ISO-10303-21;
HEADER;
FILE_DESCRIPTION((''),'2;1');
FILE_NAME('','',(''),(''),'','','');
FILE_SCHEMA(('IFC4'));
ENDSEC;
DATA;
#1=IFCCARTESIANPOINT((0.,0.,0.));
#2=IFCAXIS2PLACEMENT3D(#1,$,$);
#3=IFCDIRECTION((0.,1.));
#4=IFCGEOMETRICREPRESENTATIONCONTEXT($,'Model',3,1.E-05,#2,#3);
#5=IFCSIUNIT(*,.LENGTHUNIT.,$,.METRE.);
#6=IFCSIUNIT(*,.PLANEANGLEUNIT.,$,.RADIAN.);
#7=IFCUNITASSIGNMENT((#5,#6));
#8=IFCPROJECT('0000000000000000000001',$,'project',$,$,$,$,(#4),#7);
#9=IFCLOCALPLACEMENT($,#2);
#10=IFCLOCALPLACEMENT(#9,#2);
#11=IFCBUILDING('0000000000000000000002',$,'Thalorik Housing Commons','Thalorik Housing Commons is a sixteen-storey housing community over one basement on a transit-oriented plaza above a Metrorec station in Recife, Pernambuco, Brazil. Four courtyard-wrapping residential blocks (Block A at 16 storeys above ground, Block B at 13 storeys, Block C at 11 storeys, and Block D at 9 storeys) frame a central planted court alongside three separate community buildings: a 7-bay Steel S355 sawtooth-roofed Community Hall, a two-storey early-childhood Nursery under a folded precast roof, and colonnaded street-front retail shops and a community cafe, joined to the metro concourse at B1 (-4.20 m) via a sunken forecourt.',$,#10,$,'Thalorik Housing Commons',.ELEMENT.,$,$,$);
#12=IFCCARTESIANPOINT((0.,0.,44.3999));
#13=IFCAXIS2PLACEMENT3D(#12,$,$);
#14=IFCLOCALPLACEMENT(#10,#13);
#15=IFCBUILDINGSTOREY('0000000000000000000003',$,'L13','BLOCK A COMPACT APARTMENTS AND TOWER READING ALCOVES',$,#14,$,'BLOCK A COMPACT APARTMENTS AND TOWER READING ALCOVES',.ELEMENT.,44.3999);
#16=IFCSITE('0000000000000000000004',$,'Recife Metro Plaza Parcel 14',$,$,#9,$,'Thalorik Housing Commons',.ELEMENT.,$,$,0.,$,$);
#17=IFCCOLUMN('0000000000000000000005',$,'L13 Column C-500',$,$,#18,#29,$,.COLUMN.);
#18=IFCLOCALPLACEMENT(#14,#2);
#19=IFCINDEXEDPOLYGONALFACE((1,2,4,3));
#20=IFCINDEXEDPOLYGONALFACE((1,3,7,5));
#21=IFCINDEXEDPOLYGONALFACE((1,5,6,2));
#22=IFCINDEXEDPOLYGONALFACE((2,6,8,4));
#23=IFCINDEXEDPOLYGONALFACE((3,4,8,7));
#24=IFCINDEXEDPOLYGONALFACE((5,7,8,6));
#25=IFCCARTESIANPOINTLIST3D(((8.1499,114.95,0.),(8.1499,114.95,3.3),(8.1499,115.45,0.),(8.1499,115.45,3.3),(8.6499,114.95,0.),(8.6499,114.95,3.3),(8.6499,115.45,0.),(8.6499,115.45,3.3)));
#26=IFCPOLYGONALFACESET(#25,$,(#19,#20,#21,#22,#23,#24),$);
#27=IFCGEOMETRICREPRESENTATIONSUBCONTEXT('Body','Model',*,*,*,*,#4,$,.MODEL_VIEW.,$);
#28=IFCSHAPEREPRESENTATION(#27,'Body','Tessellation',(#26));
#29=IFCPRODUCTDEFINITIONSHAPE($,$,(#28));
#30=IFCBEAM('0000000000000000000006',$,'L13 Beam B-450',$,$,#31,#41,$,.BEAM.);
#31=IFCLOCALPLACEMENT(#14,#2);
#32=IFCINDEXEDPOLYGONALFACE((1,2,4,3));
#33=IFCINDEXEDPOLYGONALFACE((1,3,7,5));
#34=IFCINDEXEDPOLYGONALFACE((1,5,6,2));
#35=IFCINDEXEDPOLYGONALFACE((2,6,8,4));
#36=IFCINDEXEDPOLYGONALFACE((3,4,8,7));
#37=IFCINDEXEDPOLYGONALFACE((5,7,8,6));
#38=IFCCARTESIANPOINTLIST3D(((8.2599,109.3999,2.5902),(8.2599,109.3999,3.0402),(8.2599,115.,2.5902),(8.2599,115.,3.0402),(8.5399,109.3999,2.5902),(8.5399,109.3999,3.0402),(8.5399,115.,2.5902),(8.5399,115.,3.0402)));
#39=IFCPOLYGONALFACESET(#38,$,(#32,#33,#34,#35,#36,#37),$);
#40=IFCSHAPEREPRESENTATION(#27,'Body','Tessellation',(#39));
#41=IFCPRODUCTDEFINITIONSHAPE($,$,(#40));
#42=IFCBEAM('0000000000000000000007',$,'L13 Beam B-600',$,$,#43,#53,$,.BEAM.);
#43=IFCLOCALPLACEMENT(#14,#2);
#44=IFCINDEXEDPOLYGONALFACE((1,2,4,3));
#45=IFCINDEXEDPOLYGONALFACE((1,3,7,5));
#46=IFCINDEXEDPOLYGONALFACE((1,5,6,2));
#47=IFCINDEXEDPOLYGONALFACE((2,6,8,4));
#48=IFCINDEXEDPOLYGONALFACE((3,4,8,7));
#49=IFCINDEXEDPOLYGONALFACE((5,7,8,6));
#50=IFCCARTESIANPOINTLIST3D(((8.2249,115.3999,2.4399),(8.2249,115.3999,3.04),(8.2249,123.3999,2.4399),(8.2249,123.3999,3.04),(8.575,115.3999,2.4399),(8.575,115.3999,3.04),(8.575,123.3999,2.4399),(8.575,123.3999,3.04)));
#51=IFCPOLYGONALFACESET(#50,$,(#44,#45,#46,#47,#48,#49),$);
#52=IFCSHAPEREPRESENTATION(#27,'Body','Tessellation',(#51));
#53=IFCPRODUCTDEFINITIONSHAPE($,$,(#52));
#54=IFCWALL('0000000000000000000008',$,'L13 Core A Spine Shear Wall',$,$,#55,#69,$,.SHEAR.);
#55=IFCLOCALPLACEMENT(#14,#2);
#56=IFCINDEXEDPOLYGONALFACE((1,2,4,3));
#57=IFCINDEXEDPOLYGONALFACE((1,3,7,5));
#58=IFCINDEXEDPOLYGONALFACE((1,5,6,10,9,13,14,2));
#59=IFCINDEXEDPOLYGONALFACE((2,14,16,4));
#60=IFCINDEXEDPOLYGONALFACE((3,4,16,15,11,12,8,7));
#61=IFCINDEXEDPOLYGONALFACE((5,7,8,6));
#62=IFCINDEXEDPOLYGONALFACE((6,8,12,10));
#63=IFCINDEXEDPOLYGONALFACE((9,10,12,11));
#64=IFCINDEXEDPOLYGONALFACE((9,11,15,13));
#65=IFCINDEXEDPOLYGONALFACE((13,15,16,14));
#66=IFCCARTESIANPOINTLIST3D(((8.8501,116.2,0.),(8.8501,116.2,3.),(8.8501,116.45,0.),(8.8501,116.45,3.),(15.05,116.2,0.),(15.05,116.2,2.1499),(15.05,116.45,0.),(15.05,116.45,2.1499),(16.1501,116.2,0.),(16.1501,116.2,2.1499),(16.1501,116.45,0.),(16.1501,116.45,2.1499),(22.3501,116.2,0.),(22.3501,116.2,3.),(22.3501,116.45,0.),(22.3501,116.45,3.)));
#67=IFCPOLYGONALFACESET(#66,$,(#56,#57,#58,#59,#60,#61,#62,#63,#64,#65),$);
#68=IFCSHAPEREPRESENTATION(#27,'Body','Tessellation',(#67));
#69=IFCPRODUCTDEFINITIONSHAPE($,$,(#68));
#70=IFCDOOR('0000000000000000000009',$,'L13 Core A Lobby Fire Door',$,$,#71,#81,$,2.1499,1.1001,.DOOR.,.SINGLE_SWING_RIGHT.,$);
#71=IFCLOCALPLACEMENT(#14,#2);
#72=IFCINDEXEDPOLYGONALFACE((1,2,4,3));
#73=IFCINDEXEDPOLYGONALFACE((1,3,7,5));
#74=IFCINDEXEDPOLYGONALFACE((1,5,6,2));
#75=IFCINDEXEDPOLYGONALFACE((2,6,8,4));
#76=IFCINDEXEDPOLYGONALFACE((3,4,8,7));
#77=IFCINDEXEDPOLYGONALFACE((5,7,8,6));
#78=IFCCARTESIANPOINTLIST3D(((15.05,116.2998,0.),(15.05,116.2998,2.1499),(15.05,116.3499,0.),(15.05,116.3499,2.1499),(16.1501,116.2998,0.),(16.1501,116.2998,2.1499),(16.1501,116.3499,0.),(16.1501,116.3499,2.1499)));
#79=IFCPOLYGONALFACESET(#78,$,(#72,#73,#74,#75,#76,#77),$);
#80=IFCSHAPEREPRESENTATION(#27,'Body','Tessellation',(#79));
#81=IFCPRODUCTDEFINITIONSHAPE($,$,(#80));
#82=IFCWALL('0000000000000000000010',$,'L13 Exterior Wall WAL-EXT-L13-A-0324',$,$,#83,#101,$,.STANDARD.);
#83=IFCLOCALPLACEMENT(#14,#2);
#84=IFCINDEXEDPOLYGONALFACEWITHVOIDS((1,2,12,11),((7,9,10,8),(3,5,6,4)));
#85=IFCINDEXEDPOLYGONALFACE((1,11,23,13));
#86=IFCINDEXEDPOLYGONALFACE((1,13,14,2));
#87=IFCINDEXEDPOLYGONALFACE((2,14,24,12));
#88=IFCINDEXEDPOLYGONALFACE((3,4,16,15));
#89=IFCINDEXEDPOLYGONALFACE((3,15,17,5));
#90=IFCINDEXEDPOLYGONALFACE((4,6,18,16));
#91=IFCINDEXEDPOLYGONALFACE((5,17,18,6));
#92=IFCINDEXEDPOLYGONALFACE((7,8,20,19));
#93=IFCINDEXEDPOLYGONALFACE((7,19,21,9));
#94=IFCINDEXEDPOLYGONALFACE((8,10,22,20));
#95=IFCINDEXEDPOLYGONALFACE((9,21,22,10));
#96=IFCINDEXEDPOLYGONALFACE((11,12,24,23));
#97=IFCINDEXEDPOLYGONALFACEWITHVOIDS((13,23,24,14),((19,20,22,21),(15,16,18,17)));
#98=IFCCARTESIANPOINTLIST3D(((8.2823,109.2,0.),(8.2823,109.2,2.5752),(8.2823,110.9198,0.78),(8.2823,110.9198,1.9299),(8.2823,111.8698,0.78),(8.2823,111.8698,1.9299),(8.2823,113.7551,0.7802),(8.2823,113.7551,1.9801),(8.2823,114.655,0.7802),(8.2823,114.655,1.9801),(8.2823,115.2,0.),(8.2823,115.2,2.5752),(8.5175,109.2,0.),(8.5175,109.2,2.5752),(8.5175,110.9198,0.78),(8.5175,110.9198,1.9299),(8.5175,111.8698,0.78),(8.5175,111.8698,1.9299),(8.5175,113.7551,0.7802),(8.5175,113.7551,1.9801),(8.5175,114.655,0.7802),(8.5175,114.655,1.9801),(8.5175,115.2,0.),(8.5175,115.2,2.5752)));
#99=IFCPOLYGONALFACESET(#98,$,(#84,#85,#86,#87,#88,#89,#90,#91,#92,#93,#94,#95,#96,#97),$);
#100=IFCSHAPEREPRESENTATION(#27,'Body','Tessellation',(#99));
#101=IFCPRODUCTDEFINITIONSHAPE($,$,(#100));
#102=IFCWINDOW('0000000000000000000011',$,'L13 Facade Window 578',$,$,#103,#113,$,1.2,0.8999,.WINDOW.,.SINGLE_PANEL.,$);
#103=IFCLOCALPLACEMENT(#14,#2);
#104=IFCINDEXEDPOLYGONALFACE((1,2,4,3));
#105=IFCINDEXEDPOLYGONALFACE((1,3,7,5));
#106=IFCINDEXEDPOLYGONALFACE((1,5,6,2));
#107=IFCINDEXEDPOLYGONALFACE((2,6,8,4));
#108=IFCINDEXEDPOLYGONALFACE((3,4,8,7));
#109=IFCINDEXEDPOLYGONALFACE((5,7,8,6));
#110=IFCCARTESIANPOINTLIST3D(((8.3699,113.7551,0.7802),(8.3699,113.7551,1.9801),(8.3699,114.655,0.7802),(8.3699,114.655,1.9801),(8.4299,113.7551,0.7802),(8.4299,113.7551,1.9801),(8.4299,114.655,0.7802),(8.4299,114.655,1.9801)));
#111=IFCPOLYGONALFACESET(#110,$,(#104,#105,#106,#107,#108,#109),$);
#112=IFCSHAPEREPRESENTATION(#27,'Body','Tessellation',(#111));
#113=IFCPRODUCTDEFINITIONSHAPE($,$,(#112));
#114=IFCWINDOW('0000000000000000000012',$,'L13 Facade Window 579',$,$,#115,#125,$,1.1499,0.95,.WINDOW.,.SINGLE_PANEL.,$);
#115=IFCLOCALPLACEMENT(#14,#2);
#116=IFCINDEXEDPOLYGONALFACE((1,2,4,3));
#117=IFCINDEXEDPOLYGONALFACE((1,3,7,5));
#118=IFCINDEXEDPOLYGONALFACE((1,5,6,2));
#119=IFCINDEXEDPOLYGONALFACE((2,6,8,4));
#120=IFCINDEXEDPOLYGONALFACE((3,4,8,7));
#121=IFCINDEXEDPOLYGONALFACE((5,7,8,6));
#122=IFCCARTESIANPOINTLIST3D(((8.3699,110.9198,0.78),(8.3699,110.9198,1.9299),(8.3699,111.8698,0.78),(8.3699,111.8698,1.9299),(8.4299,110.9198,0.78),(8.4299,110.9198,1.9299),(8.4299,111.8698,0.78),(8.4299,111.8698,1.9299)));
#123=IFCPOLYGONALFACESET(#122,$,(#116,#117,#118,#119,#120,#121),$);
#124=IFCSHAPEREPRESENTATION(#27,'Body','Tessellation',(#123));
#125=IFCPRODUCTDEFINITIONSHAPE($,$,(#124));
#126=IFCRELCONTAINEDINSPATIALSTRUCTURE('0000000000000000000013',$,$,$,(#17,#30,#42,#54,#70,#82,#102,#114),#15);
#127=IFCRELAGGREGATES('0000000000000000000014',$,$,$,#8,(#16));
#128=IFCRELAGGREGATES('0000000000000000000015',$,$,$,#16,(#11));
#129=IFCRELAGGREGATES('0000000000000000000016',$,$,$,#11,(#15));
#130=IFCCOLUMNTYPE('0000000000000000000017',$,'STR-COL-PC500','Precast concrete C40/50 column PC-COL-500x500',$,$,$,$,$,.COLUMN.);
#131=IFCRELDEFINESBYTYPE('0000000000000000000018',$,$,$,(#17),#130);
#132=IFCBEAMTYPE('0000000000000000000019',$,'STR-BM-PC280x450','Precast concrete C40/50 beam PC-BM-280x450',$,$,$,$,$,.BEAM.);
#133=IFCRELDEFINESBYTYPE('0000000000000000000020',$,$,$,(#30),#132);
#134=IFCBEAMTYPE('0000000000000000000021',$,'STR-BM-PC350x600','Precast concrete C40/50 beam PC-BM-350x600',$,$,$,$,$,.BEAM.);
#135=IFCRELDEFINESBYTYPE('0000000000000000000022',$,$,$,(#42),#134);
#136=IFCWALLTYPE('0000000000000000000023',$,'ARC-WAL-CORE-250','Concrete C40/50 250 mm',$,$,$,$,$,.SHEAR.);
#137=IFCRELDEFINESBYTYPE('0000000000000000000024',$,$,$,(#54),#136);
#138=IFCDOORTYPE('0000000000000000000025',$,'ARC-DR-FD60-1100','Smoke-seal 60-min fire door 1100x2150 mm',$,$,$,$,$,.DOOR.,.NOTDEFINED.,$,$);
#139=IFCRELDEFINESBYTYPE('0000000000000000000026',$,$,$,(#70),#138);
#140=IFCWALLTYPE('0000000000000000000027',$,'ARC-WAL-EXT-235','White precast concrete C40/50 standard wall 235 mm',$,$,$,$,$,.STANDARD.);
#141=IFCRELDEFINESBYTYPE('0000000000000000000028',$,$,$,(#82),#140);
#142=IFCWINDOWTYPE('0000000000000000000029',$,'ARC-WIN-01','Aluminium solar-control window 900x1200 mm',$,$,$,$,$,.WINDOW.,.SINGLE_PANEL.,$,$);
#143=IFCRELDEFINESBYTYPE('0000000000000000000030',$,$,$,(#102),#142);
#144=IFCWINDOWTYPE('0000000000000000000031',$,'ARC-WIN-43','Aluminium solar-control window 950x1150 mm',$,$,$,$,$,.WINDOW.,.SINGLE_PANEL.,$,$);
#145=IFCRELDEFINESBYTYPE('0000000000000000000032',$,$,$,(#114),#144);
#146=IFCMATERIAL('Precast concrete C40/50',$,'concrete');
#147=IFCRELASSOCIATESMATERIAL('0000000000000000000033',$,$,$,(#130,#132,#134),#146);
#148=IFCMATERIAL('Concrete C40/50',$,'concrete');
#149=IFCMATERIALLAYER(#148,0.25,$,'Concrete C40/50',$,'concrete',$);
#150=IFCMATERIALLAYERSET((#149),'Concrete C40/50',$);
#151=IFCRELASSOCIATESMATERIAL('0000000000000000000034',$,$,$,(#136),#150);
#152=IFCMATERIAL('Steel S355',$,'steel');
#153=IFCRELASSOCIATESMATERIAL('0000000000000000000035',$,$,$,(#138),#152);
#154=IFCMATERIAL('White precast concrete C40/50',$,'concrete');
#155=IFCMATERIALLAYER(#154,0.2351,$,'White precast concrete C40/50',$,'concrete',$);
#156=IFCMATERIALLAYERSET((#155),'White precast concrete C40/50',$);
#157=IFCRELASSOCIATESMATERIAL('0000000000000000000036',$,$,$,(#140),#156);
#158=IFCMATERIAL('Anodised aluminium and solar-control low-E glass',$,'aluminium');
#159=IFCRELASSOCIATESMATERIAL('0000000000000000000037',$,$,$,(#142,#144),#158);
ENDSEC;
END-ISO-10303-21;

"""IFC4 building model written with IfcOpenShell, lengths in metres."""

from ifc_helpers import new_model, si_unit, direction, frame, frame_2d, origin, origin_2d, place, context, subcontext, project, spatial, rectangle, extrude, material, layer, layer_set, material_profile, profile_set, type_object, element, fill, save


model = new_model("IFC4")

# Units and contexts
model_context = context("Model", 3, precision=1e-05, world=origin(), true_north=direction((0.0, 1.0)))
body_context = subcontext(model_context, "Body", "Model", "MODEL_VIEW")
ifc_project = project(units=[si_unit("LENGTHUNIT", "METRE"), si_unit("PLANEANGLEUNIT", "RADIAN")], contexts=[model_context])

# Site, building, storey
site_placement = place(None, origin())
site = spatial("IfcSite", under=ifc_project, at=site_placement, Name="Recife Metro Plaza Parcel 14", LongName="Thalorik Housing Commons", CompositionType="ELEMENT", RefElevation=0.0)
building_placement = place(site_placement, origin())
building = spatial("IfcBuilding", under=site, at=building_placement, Name="Thalorik Housing Commons", Description="Thalorik Housing Commons is a sixteen-storey housing community over one basement on a transit-oriented plaza above a Metrorec station in Recife, Pernambuco, Brazil. Four courtyard-wrapping residential blocks (Block A at 16 storeys above ground, Block B at 13 storeys, Block C at 11 storeys, and Block D at 9 storeys) frame a central planted court alongside three separate community buildings: a 7-bay Steel S355 sawtooth-roofed Community Hall, a two-storey early-childhood Nursery under a folded precast roof, and colonnaded street-front retail shops and a community cafe, joined to the metro concourse at B1 (-4.20 m) via a sunken forecourt.", LongName="Thalorik Housing Commons", CompositionType="ELEMENT")
storey_placement = place(building_placement, frame((0.0, 0.0, 44.3999)))
storey = spatial("IfcBuildingStorey", under=building, at=storey_placement, Name="L13", Description="BLOCK A COMPACT APARTMENTS AND TOWER READING ALCOVES", LongName="BLOCK A COMPACT APARTMENTS AND TOWER READING ALCOVES", CompositionType="ELEMENT", Elevation=44.3999)

# Column
ifc_material_1 = material(Name="Precast concrete C40/50", Category="concrete")
ifc_material_profile_1 = material_profile(ifc_material_1, rectangle(XDim=0.5, YDim=0.5, at=origin_2d()), Name="PC 500x500", Category="concrete")
ifc_profile_set_1 = profile_set([ifc_material_profile_1], Name="Precast concrete C40/50")
column_type = type_object("IfcColumnType", Name="STR-COL-PC500", Description="Precast concrete C40/50 column PC-COL-500x500", PredefinedType="COLUMN", material=ifc_profile_set_1)
column_placement = place(storey_placement, frame((8.3999, 115.2, 0.0), z_axis=(0.0, 0.0, 1.0), x_axis=(1.0, 0.0, 0.0)))
element("IfcColumn", 1, at=column_placement, inside=storey, type_object=column_type, Name="L13 Column C-500", PredefinedType="COLUMN", context=body_context, shape_type="SweptSolid", body=[
    extrude(rectangle(XDim=0.5, YDim=0.5, at=origin_2d()), origin(), (0.0, 0.0, 1.0), 3.3),
])

# Beams
ifc_material_profile_2 = material_profile(ifc_material_1, rectangle(XDim=0.28, YDim=0.45, at=origin_2d()), Name="PC 280x450", Category="concrete")
ifc_profile_set_2 = profile_set([ifc_material_profile_2], Name="Precast concrete C40/50")
beam_type_1 = type_object("IfcBeamType", Name="STR-BM-PC280x450", Description="Precast concrete C40/50 beam PC-BM-280x450", PredefinedType="BEAM", material=ifc_profile_set_2)
beam_1_placement = place(storey_placement, frame((8.3999, 109.3999, 2.8152), z_axis=(0.0, 1.0, 0.0), x_axis=(-1.0, 0.0, 0.0)))
element("IfcBeam", 2, at=beam_1_placement, inside=storey, type_object=beam_type_1, Name="L13 Beam B-450", PredefinedType="BEAM", context=body_context, shape_type="SweptSolid", body=[
    extrude(rectangle(XDim=0.28, YDim=0.45, at=origin_2d()), origin(), (0.0, 0.0, 1.0), 5.6001),
])
ifc_material_profile_3 = material_profile(ifc_material_1, rectangle(XDim=0.3501, YDim=0.6001, at=origin_2d()), Name="PC 350x600", Category="concrete")
ifc_profile_set_3 = profile_set([ifc_material_profile_3], Name="Precast concrete C40/50")
beam_type_2 = type_object("IfcBeamType", Name="STR-BM-PC350x600", Description="Precast concrete C40/50 beam PC-BM-350x600", PredefinedType="BEAM", material=ifc_profile_set_3)
beam_2_placement = place(storey_placement, frame((8.3999, 115.3999, 2.74), z_axis=(0.0, 1.0, 0.0), x_axis=(-1.0, 0.0, 0.0)))
element("IfcBeam", 3, at=beam_2_placement, inside=storey, type_object=beam_type_2, Name="L13 Beam B-600", PredefinedType="BEAM", context=body_context, shape_type="SweptSolid", body=[
    extrude(rectangle(XDim=0.3501, YDim=0.6001, at=origin_2d()), origin(), (0.0, 0.0, 1.0), 8.0),
])

# Wall, opening, door
ifc_material_2 = material(Name="Concrete C40/50", Category="concrete")
ifc_layer_1 = layer(ifc_material_2, 0.25, Name="Concrete C40/50", Category="concrete")
ifc_layer_set_1 = layer_set([ifc_layer_1], Name="Concrete C40/50")
wall_type_1 = type_object("IfcWallType", Name="ARC-WAL-CORE-250", Description="Concrete C40/50 250 mm", PredefinedType="SHEAR", material=ifc_layer_set_1)
wall_1_placement = place(storey_placement, frame((8.8501, 116.325, 0.0), z_axis=(0.0, 0.0, 1.0), x_axis=(1.0, 0.0, 0.0)))
wall_1 = element("IfcWall", 4, at=wall_1_placement, inside=storey, type_object=wall_type_1, Name="L13 Core A Spine Shear Wall", PredefinedType="SHEAR", context=body_context, shape_type="SweptSolid", body=[
    extrude(rectangle(XDim=13.5, YDim=0.25, at=frame_2d((6.75, 0.0))), origin(), (0.0, 0.0, 1.0), 3.0),
])
opening_1_placement = place(wall_1_placement, frame((6.2, 0.0, 0.0)))
opening_1 = element("IfcOpeningElement", 5, at=opening_1_placement, cuts=wall_1, PredefinedType="OPENING", context=body_context, shape_type="SweptSolid", body=[
    extrude(rectangle(XDim=1.1001, YDim=2.1499, at=frame_2d((0.55, 1.075))), frame((0.0, 0.135, 0.0), z_axis=(0.0, -1.0, 0.0), x_axis=(1.0, 0.0, 0.0)), (0.0, 0.0, 1.0), 0.27),
])
ifc_material_3 = material(Name="Steel S355", Category="steel")
door_type_1 = type_object("IfcDoorType", Name="ARC-DR-FD60-1100", Description="Smoke-seal 60-min fire door 1100x2150 mm", OperationType="NOTDEFINED", PredefinedType="DOOR", material=ifc_material_3)
door_1_placement = place(opening_1_placement, origin())
door_1 = element("IfcDoor", 6, at=door_1_placement, inside=storey, type_object=door_type_1, Name="L13 Core A Lobby Fire Door", OperationType="SINGLE_SWING_RIGHT", OverallHeight=2.1499, OverallWidth=1.1001, PredefinedType="DOOR", context=body_context, shape_type="SweptSolid", body=[
    extrude(rectangle(XDim=1.1001, YDim=2.1499, at=frame_2d((0.55, 1.075))), frame((0.0, 0.0249, 0.0), z_axis=(0.0, -1.0, 0.0), x_axis=(1.0, 0.0, 0.0)), (0.0, 0.0, 1.0), 0.05),
])
fill(opening_1, door_1)

# Wall, openings, windows
ifc_material_4 = material(Name="White precast concrete C40/50", Category="concrete")
ifc_layer_2 = layer(ifc_material_4, 0.2351, Name="White precast concrete C40/50", Category="concrete")
ifc_layer_set_2 = layer_set([ifc_layer_2], Name="White precast concrete C40/50")
wall_type_2 = type_object("IfcWallType", Name="ARC-WAL-EXT-235", Description="White precast concrete C40/50 standard wall 235 mm", PredefinedType="STANDARD", material=ifc_layer_set_2)
wall_2_placement = place(storey_placement, frame((8.3999, 115.2, 0.0), z_axis=(0.0, 0.0, 1.0), x_axis=(0.0, -1.0, 0.0)))
wall_2 = element("IfcWall", 7, at=wall_2_placement, inside=storey, type_object=wall_type_2, Name="L13 Exterior Wall WAL-EXT-L13-A-0324", PredefinedType="STANDARD", context=body_context, shape_type="SweptSolid", body=[
    extrude(rectangle(XDim=6.0, YDim=0.2351, at=frame_2d((3.0, 0.0))), origin(), (0.0, 0.0, 1.0), 2.5752),
])
opening_2_placement = place(wall_2_placement, frame((0.5449, 0.0, 0.78)))
opening_2 = element("IfcOpeningElement", 8, at=opening_2_placement, cuts=wall_2, PredefinedType="OPENING", context=body_context, shape_type="SweptSolid", body=[
    extrude(rectangle(XDim=0.8999, YDim=1.2, at=frame_2d((0.45, 0.6001))), frame((0.0, 0.1274, 0.0), z_axis=(0.0, -1.0, 0.0), x_axis=(1.0, 0.0, 0.0)), (0.0, 0.0, 1.0), 0.2551),
])
opening_3_placement = place(wall_2_placement, frame((3.3301, 0.0, 0.78)))
opening_3 = element("IfcOpeningElement", 9, at=opening_3_placement, cuts=wall_2, PredefinedType="OPENING", context=body_context, shape_type="SweptSolid", body=[
    extrude(rectangle(XDim=0.95, YDim=1.1499, at=frame_2d((0.4751, 0.575))), frame((0.0, 0.1274, 0.0), z_axis=(0.0, -1.0, 0.0), x_axis=(1.0, 0.0, 0.0)), (0.0, 0.0, 1.0), 0.2551),
])
ifc_material_5 = material(Name="Anodised aluminium and solar-control low-E glass", Category="aluminium")
window_type_1 = type_object("IfcWindowType", Name="ARC-WIN-01", Description="Aluminium solar-control window 900x1200 mm", PartitioningType="SINGLE_PANEL", PredefinedType="WINDOW", material=ifc_material_5)
window_1_placement = place(opening_2_placement, origin())
window_1 = element("IfcWindow", 10, at=window_1_placement, inside=storey, type_object=window_type_1, Name="L13 Facade Window 578", OverallHeight=1.2, OverallWidth=0.8999, PartitioningType="SINGLE_PANEL", PredefinedType="WINDOW", context=body_context, shape_type="SweptSolid", body=[
    extrude(rectangle(XDim=0.8999, YDim=1.2, at=frame_2d((0.45, 0.6001))), frame((0.0, 0.03, 0.0), z_axis=(0.0, -1.0, 0.0), x_axis=(1.0, 0.0, 0.0)), (0.0, 0.0, 1.0), 0.0601),
])
fill(opening_2, window_1)
window_type_2 = type_object("IfcWindowType", Name="ARC-WIN-43", Description="Aluminium solar-control window 950x1150 mm", PartitioningType="SINGLE_PANEL", PredefinedType="WINDOW", material=ifc_material_5)
window_2_placement = place(opening_3_placement, origin())
window_2 = element("IfcWindow", 11, at=window_2_placement, inside=storey, type_object=window_type_2, Name="L13 Facade Window 579", OverallHeight=1.1499, OverallWidth=0.95, PartitioningType="SINGLE_PANEL", PredefinedType="WINDOW", context=body_context, shape_type="SweptSolid", body=[
    extrude(rectangle(XDim=0.95, YDim=1.1499, at=frame_2d((0.4751, 0.575))), frame((0.0, 0.03, 0.0), z_axis=(0.0, -1.0, 0.0), x_axis=(1.0, 0.0, 0.0)), (0.0, 0.0, 1.0), 0.0601),
])
fill(opening_3, window_2)

save(model, "model.ifc")
